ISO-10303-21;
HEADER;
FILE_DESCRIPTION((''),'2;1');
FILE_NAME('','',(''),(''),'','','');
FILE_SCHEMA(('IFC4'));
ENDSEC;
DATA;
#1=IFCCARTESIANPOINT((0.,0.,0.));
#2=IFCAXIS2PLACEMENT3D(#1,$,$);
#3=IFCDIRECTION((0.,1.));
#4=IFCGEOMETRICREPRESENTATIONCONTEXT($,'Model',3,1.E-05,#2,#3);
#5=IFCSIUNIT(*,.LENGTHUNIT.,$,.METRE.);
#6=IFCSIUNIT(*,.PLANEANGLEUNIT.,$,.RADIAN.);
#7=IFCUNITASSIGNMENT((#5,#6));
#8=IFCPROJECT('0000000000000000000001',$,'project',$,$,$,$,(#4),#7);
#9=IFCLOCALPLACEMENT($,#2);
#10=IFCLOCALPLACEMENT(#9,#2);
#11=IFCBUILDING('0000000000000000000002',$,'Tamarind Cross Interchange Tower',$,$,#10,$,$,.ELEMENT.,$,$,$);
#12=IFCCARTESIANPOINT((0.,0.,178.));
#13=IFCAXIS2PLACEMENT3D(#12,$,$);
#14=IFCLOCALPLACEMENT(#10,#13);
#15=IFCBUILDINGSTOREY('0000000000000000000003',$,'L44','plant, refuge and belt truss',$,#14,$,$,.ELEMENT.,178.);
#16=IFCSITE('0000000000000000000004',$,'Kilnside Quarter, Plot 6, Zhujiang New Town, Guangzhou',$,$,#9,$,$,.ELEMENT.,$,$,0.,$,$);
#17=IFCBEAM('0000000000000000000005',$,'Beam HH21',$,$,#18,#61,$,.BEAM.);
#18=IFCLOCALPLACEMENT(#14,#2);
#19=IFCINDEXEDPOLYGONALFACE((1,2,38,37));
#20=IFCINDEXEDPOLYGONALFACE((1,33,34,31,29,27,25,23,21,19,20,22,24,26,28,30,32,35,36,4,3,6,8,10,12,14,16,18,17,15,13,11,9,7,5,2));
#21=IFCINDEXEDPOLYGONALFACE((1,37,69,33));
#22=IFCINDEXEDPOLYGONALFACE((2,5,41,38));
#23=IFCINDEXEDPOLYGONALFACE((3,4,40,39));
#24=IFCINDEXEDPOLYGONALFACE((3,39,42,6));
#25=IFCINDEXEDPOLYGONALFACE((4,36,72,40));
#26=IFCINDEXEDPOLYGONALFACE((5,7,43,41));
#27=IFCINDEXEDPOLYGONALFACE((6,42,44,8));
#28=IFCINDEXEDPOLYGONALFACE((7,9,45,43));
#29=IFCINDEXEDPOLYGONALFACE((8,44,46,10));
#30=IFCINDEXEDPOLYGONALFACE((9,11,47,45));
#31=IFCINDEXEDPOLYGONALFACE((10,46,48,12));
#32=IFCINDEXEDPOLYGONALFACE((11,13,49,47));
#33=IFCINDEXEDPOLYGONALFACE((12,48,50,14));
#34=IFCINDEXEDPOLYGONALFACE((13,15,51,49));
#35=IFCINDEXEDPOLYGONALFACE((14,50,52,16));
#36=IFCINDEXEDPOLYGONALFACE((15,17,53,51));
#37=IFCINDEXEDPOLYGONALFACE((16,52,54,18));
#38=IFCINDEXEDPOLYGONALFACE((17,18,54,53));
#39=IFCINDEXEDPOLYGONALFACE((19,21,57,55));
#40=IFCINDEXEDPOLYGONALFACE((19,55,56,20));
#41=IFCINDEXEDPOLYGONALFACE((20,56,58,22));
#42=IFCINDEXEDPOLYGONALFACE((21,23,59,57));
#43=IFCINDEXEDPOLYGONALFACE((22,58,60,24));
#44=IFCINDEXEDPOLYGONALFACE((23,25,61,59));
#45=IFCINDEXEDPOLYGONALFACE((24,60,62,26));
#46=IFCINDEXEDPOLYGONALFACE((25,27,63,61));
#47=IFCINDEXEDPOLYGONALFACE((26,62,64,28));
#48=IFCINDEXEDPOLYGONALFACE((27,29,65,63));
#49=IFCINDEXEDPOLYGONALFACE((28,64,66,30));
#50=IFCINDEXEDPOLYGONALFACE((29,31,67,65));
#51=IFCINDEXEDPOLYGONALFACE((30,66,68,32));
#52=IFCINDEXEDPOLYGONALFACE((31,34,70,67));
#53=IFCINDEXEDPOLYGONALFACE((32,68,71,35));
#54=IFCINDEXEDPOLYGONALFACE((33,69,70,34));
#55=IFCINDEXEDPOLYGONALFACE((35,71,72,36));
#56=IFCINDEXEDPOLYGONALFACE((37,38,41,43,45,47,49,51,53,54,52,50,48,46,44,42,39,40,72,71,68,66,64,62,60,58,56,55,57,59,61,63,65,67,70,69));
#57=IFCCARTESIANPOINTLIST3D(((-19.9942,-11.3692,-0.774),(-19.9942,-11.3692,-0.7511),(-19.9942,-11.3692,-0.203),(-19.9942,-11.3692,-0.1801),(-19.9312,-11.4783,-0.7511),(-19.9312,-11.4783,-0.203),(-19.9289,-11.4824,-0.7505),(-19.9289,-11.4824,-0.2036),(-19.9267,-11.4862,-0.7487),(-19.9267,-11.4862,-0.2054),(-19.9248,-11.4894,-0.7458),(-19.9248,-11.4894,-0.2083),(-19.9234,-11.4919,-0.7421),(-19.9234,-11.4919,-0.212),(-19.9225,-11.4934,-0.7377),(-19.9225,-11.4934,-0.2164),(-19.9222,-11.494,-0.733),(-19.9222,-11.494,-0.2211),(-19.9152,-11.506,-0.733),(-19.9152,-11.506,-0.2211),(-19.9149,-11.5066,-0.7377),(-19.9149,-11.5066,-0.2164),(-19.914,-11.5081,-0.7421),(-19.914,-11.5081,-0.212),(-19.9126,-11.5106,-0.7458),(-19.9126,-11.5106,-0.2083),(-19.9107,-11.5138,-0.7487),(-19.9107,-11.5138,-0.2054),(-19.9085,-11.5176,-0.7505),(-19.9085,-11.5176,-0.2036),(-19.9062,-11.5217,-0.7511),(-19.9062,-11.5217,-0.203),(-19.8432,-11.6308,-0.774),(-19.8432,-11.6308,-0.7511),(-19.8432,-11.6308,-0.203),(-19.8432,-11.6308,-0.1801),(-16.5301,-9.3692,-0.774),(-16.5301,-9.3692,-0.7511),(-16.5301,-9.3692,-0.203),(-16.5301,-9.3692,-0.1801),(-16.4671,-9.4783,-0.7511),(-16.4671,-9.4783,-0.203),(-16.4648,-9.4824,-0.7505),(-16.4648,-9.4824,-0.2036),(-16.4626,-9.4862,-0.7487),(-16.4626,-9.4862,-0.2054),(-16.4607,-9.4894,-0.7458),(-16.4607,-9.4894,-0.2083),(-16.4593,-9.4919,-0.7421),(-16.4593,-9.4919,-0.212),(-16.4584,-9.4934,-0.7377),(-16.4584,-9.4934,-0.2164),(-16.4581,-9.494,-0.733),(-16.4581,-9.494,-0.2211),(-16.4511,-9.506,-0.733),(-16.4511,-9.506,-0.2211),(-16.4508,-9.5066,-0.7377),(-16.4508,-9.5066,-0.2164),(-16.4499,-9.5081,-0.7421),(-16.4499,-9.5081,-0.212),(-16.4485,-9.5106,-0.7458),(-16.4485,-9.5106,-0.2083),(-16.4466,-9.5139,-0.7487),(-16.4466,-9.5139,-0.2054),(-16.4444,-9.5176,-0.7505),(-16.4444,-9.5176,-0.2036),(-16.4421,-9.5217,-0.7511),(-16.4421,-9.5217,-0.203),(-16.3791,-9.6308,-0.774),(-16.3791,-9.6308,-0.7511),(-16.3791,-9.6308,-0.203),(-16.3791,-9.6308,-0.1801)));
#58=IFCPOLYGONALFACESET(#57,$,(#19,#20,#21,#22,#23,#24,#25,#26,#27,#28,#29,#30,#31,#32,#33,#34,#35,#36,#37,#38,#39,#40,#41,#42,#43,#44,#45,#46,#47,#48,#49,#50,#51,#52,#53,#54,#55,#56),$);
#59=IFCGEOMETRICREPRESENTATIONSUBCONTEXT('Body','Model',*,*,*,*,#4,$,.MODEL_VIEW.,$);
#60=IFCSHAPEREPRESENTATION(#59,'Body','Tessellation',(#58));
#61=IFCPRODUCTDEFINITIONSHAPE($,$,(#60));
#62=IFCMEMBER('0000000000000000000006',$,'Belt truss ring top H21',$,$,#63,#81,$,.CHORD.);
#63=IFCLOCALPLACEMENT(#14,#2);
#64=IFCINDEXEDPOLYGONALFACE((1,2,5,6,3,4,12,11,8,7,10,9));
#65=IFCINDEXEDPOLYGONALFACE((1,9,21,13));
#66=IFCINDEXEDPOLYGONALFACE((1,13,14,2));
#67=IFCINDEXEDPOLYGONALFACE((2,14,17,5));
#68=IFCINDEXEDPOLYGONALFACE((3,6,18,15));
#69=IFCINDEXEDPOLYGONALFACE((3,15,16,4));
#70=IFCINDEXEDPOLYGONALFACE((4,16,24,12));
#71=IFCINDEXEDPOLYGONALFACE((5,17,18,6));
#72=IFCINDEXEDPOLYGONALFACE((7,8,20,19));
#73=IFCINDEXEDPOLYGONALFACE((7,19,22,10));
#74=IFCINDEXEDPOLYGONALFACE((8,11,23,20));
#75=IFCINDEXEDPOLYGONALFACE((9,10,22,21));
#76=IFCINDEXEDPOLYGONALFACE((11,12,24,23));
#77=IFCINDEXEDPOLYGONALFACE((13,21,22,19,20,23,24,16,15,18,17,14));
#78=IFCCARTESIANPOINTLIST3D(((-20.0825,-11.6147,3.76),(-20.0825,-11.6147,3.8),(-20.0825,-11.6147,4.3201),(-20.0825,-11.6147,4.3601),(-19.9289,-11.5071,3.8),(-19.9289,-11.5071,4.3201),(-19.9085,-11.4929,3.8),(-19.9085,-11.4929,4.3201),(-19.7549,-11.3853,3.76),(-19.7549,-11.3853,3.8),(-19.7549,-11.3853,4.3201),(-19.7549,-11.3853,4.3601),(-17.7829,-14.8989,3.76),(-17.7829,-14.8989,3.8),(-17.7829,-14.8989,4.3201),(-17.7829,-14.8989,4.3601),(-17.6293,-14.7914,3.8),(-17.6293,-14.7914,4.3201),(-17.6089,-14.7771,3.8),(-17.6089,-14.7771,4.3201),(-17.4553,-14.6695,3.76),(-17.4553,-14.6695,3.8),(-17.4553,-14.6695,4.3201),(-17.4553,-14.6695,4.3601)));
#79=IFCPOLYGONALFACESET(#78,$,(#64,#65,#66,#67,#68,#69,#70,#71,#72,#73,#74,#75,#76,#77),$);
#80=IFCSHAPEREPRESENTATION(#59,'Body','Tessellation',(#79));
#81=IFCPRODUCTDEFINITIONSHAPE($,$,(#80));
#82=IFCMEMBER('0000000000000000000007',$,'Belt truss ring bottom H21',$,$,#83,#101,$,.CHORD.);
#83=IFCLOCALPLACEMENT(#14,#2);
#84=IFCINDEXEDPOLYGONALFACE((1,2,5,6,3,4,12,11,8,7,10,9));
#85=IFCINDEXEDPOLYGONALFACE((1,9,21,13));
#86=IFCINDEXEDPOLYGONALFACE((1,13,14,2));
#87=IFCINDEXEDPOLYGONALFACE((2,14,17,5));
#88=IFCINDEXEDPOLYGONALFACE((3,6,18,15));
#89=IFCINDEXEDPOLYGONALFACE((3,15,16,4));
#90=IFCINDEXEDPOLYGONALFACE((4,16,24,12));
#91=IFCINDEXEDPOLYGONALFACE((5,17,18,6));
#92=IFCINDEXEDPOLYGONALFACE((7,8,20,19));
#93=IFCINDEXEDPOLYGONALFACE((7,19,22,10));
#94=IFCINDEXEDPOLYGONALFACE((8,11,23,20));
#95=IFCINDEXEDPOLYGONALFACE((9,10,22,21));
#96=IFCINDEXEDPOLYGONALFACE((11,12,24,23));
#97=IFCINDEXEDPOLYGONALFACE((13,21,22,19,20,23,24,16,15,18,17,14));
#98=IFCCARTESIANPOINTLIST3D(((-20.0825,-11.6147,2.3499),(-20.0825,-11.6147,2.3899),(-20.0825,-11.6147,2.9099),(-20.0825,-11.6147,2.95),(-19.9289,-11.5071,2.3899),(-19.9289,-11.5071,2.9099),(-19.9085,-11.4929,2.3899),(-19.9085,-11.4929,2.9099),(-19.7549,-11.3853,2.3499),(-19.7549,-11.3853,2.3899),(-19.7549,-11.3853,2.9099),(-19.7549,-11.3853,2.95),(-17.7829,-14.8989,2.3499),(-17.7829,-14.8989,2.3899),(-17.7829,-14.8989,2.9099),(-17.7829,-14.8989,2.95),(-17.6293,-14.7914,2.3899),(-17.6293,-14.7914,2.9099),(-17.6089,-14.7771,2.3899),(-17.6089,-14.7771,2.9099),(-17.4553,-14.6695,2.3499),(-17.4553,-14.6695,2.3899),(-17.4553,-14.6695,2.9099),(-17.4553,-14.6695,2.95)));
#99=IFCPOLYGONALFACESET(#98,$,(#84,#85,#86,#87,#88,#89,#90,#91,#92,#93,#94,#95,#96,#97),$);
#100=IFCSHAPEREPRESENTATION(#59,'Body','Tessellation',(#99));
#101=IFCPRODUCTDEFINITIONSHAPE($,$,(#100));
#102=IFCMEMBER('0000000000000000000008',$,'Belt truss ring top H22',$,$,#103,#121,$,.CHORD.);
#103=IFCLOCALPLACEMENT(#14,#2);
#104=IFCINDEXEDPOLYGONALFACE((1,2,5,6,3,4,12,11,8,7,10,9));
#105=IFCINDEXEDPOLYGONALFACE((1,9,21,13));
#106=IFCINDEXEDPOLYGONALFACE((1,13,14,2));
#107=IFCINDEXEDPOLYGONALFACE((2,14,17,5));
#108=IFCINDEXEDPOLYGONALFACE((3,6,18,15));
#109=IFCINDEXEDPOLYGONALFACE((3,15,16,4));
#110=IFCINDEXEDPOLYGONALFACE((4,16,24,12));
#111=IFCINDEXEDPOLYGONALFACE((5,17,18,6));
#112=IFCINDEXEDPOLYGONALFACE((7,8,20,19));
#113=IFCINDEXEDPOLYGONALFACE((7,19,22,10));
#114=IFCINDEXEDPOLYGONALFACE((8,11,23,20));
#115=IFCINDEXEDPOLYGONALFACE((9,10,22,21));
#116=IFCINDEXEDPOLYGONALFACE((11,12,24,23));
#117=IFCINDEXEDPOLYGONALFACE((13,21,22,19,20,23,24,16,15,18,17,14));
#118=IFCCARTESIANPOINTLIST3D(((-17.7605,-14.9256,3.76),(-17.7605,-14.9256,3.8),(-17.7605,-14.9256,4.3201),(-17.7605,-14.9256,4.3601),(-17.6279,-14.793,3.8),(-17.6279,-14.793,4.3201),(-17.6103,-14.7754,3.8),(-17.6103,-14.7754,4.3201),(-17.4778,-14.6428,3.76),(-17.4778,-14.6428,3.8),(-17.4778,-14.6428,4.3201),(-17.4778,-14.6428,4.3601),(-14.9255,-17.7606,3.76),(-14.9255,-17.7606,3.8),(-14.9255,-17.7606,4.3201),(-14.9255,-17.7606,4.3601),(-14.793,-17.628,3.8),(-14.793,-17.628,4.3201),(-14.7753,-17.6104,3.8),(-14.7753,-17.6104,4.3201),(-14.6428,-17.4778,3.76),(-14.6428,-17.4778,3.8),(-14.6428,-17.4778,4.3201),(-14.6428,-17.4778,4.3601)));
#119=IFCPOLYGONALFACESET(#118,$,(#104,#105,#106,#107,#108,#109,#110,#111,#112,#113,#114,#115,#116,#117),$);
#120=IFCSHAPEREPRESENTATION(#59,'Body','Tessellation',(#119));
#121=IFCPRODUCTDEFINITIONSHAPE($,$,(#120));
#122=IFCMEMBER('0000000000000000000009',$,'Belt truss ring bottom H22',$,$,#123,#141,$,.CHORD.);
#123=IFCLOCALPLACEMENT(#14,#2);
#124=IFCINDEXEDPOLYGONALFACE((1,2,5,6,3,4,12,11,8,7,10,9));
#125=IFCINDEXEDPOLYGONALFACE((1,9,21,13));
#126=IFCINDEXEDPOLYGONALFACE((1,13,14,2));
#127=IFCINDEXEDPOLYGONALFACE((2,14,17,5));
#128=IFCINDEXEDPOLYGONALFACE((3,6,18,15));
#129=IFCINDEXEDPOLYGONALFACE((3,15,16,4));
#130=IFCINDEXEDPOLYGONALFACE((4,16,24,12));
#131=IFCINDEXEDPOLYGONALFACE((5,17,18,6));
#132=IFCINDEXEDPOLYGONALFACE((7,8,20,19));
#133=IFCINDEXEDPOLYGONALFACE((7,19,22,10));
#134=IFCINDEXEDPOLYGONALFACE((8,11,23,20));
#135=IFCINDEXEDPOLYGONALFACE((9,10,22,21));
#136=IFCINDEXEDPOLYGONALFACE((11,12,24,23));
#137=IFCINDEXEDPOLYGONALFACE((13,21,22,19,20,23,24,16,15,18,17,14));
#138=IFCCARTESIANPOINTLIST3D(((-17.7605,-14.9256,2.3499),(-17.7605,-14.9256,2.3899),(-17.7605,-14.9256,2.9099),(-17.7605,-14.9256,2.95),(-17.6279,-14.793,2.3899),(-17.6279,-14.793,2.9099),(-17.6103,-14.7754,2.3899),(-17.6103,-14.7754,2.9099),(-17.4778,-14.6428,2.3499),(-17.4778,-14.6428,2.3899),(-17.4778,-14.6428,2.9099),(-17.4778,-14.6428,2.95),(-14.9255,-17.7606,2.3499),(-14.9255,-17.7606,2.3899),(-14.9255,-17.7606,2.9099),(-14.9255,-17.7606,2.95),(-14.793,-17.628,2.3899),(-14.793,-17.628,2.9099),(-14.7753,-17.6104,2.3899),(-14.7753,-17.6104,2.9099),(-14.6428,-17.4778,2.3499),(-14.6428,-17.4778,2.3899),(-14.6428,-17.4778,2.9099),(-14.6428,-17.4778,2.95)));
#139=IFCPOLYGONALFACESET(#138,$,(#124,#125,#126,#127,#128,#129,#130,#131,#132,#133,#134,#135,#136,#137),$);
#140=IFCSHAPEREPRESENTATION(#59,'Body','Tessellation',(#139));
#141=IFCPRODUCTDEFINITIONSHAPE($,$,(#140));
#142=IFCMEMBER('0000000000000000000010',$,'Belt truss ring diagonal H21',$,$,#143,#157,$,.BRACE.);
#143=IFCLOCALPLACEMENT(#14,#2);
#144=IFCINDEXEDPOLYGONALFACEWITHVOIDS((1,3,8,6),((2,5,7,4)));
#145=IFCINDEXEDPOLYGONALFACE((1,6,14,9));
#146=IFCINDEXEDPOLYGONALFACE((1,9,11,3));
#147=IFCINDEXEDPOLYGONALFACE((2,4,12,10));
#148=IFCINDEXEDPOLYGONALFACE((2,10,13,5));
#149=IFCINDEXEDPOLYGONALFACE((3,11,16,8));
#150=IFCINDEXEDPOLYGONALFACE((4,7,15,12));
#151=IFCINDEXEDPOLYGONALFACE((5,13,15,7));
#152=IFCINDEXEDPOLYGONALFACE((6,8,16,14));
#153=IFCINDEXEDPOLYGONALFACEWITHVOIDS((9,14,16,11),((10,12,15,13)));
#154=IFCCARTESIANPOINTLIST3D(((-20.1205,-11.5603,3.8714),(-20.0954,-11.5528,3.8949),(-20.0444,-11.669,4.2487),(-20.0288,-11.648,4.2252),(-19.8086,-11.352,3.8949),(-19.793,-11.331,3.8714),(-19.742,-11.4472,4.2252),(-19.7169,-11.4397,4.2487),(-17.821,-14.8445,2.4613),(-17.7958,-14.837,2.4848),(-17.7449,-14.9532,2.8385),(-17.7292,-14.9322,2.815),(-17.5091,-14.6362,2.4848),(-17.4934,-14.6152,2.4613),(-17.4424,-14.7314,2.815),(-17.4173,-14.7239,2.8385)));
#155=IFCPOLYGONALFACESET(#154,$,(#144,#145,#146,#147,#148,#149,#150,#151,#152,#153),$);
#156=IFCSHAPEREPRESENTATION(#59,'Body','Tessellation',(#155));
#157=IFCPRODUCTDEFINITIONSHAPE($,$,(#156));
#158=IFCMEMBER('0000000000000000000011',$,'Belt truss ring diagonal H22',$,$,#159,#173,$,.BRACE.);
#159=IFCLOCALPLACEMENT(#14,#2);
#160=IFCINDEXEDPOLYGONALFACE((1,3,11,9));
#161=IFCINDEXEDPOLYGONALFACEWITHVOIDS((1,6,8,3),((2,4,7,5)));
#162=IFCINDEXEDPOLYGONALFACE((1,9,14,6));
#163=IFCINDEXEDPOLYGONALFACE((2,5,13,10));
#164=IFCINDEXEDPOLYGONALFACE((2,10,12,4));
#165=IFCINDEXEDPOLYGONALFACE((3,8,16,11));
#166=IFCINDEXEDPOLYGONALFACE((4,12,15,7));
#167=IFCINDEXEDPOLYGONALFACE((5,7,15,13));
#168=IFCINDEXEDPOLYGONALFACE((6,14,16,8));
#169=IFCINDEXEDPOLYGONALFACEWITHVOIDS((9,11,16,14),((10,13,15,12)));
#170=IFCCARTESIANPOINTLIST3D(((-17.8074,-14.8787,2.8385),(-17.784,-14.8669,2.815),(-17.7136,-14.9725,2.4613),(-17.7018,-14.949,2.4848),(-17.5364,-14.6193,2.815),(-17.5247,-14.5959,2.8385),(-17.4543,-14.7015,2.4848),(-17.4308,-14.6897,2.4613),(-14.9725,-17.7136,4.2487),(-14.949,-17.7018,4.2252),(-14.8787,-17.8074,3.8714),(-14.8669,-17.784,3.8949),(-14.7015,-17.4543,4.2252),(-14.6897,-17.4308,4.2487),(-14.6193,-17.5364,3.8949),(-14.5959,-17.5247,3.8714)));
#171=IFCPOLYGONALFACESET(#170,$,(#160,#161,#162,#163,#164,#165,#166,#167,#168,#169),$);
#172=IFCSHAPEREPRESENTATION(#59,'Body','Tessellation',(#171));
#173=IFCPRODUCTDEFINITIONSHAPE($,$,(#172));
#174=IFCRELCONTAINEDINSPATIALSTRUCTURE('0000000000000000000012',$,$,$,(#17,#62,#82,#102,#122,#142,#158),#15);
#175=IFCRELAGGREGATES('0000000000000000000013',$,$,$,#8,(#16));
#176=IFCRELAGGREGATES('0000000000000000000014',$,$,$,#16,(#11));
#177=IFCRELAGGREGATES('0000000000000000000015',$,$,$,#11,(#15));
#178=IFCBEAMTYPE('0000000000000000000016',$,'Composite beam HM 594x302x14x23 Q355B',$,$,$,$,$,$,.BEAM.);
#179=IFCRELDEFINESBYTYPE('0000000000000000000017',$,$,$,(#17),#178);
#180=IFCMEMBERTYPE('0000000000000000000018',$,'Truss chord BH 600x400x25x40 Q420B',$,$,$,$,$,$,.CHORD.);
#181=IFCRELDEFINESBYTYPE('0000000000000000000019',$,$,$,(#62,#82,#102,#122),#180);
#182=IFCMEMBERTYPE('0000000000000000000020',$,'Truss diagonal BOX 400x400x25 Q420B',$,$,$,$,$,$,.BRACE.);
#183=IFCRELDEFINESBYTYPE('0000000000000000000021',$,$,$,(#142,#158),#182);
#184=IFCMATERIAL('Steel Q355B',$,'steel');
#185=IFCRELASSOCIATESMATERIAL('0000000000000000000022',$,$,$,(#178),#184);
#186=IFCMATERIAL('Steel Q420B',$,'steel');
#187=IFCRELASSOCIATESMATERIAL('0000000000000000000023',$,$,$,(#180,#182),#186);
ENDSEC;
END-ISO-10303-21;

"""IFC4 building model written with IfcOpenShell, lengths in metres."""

from ifc_helpers import new_model, si_unit, direction, frame, origin, origin_2d, place, context, subcontext, project, spatial, hollow_rectangle, i_section, extrude, material, material_profile, profile_set, type_object, element, save


model = new_model("IFC4")

# Units and contexts
model_context = context("Model", 3, precision=1e-05, world=origin(), true_north=direction((0.0, 1.0)))
body_context = subcontext(model_context, "Body", "Model", "MODEL_VIEW")
ifc_project = project(units=[si_unit("LENGTHUNIT", "METRE"), si_unit("PLANEANGLEUNIT", "RADIAN")], contexts=[model_context])

# Site, building, storey
site_placement = place(None, origin())
site = spatial("IfcSite", under=ifc_project, at=site_placement, Name="Kilnside Quarter, Plot 6, Zhujiang New Town, Guangzhou", CompositionType="ELEMENT", RefElevation=0.0)
building_placement = place(site_placement, origin())
building = spatial("IfcBuilding", under=site, at=building_placement, Name="Tamarind Cross Interchange Tower", CompositionType="ELEMENT")
storey_placement = place(building_placement, frame((0.0, 0.0, 178.0)))
storey = spatial("IfcBuildingStorey", under=building, at=storey_placement, Name="L44", Description="plant, refuge and belt truss", CompositionType="ELEMENT", Elevation=178.0)

# Beam
ifc_material_1 = material(Name="Steel Q355B", Category="steel")
ifc_material_profile_1 = material_profile(ifc_material_1, i_section(OverallWidth=0.302, OverallDepth=0.594, WebThickness=0.0139, FlangeThickness=0.0229, FilletRadius=0.0181, at=origin_2d()), Name="HM 594x302x14x23")
ifc_profile_set_1 = profile_set([ifc_material_profile_1], Name="Steel Q355B")
beam_type = type_object("IfcBeamType", Name="Composite beam HM 594x302x14x23 Q355B", PredefinedType="BEAM", material=ifc_profile_set_1)
beam_placement = place(storey_placement, frame((-19.9187, -11.5, -0.4771), z_axis=(0.866026, 0.499999, 0.0), x_axis=(-0.499999, 0.866026, 0.0)))
element("IfcBeam", 1, at=beam_placement, inside=storey, type_object=beam_type, Name="Beam HH21", PredefinedType="BEAM", context=body_context, shape_type="SweptSolid", body=[
    extrude(i_section(OverallWidth=0.302, OverallDepth=0.594, WebThickness=0.0139, FlangeThickness=0.0229, FilletRadius=0.0181, at=origin_2d()), origin(), (0.0, 0.0, 1.0), 4.0),
])

# Members
ifc_material_2 = material(Name="Steel Q420B", Category="steel")
ifc_material_profile_2 = material_profile(ifc_material_2, i_section(OverallWidth=0.3999, OverallDepth=0.6001, WebThickness=0.0249, FlangeThickness=0.04, at=origin_2d()), Name="BH 600x400x25x40")
ifc_profile_set_2 = profile_set([ifc_material_profile_2], Name="Steel Q420B")
member_type_1 = type_object("IfcMemberType", Name="Truss chord BH 600x400x25x40 Q420B", PredefinedType="CHORD", material=ifc_profile_set_2)
for number, where, z_axis, x_axis, name in (
    (2, (-19.9187, -11.5, 4.0601), (0.573569, -0.819158, 0.0), (0.819158, 0.573569, 0.0), "Belt truss ring top H21"),
    (3, (-19.9187, -11.5, 2.6499), (0.573569, -0.819158, 0.0), (0.819158, 0.573569, 0.0), "Belt truss ring bottom H21"),
    (4, (-17.6191, -14.7842, 4.0601), (0.707107, -0.707107, 0.0), (0.707107, 0.707107, 0.0), "Belt truss ring top H22"),
    (5, (-17.6191, -14.7842, 2.6499), (0.707107, -0.707107, 0.0), (0.707107, 0.707107, 0.0), "Belt truss ring bottom H22"),
):
    element("IfcMember", number, at=place(storey_placement, frame(where, z_axis=z_axis, x_axis=x_axis)), inside=storey, type_object=member_type_1, Name=name, PredefinedType="CHORD", context=body_context, shape_type="SweptSolid", body=[
        extrude(i_section(OverallWidth=0.3999, OverallDepth=0.6001, WebThickness=0.0249, FlangeThickness=0.04, at=origin_2d()), origin(), (0.0, 0.0, 1.0), 4.0093),
    ])
ifc_material_profile_3 = material_profile(ifc_material_2, hollow_rectangle(XDim=0.3999, YDim=0.3999, WallThickness=0.0249, at=origin_2d()), Name="BOX 400x400x25")
ifc_profile_set_3 = profile_set([ifc_material_profile_3], Name="Steel Q420B")
member_type_2 = type_object("IfcMemberType", Name="Truss diagonal BOX 400x400x25 Q420B", PredefinedType="BRACE", material=ifc_profile_set_3)
for number, where, z_axis, x_axis, name in (
    (6, (-19.9187, -11.5, 4.0601), (0.541075, -0.772751, -0.331803), (0.819158, 0.573569, 0.0), "Belt truss ring diagonal H21"),
    (7, (-17.6191, -14.7842, 2.6499), (0.667049, -0.667049, 0.331801), (0.707107, 0.707107, 0.0), "Belt truss ring diagonal H22"),
):
    element("IfcMember", number, at=place(storey_placement, frame(where, z_axis=z_axis, x_axis=x_axis)), inside=storey, type_object=member_type_2, Name=name, PredefinedType="BRACE", context=body_context, shape_type="SweptSolid", body=[
        extrude(hollow_rectangle(XDim=0.3999, YDim=0.3999, WallThickness=0.0249, at=origin_2d()), origin(), (0.0, 0.0, 1.0), 4.25),
    ])

save(model, "model.ifc")
